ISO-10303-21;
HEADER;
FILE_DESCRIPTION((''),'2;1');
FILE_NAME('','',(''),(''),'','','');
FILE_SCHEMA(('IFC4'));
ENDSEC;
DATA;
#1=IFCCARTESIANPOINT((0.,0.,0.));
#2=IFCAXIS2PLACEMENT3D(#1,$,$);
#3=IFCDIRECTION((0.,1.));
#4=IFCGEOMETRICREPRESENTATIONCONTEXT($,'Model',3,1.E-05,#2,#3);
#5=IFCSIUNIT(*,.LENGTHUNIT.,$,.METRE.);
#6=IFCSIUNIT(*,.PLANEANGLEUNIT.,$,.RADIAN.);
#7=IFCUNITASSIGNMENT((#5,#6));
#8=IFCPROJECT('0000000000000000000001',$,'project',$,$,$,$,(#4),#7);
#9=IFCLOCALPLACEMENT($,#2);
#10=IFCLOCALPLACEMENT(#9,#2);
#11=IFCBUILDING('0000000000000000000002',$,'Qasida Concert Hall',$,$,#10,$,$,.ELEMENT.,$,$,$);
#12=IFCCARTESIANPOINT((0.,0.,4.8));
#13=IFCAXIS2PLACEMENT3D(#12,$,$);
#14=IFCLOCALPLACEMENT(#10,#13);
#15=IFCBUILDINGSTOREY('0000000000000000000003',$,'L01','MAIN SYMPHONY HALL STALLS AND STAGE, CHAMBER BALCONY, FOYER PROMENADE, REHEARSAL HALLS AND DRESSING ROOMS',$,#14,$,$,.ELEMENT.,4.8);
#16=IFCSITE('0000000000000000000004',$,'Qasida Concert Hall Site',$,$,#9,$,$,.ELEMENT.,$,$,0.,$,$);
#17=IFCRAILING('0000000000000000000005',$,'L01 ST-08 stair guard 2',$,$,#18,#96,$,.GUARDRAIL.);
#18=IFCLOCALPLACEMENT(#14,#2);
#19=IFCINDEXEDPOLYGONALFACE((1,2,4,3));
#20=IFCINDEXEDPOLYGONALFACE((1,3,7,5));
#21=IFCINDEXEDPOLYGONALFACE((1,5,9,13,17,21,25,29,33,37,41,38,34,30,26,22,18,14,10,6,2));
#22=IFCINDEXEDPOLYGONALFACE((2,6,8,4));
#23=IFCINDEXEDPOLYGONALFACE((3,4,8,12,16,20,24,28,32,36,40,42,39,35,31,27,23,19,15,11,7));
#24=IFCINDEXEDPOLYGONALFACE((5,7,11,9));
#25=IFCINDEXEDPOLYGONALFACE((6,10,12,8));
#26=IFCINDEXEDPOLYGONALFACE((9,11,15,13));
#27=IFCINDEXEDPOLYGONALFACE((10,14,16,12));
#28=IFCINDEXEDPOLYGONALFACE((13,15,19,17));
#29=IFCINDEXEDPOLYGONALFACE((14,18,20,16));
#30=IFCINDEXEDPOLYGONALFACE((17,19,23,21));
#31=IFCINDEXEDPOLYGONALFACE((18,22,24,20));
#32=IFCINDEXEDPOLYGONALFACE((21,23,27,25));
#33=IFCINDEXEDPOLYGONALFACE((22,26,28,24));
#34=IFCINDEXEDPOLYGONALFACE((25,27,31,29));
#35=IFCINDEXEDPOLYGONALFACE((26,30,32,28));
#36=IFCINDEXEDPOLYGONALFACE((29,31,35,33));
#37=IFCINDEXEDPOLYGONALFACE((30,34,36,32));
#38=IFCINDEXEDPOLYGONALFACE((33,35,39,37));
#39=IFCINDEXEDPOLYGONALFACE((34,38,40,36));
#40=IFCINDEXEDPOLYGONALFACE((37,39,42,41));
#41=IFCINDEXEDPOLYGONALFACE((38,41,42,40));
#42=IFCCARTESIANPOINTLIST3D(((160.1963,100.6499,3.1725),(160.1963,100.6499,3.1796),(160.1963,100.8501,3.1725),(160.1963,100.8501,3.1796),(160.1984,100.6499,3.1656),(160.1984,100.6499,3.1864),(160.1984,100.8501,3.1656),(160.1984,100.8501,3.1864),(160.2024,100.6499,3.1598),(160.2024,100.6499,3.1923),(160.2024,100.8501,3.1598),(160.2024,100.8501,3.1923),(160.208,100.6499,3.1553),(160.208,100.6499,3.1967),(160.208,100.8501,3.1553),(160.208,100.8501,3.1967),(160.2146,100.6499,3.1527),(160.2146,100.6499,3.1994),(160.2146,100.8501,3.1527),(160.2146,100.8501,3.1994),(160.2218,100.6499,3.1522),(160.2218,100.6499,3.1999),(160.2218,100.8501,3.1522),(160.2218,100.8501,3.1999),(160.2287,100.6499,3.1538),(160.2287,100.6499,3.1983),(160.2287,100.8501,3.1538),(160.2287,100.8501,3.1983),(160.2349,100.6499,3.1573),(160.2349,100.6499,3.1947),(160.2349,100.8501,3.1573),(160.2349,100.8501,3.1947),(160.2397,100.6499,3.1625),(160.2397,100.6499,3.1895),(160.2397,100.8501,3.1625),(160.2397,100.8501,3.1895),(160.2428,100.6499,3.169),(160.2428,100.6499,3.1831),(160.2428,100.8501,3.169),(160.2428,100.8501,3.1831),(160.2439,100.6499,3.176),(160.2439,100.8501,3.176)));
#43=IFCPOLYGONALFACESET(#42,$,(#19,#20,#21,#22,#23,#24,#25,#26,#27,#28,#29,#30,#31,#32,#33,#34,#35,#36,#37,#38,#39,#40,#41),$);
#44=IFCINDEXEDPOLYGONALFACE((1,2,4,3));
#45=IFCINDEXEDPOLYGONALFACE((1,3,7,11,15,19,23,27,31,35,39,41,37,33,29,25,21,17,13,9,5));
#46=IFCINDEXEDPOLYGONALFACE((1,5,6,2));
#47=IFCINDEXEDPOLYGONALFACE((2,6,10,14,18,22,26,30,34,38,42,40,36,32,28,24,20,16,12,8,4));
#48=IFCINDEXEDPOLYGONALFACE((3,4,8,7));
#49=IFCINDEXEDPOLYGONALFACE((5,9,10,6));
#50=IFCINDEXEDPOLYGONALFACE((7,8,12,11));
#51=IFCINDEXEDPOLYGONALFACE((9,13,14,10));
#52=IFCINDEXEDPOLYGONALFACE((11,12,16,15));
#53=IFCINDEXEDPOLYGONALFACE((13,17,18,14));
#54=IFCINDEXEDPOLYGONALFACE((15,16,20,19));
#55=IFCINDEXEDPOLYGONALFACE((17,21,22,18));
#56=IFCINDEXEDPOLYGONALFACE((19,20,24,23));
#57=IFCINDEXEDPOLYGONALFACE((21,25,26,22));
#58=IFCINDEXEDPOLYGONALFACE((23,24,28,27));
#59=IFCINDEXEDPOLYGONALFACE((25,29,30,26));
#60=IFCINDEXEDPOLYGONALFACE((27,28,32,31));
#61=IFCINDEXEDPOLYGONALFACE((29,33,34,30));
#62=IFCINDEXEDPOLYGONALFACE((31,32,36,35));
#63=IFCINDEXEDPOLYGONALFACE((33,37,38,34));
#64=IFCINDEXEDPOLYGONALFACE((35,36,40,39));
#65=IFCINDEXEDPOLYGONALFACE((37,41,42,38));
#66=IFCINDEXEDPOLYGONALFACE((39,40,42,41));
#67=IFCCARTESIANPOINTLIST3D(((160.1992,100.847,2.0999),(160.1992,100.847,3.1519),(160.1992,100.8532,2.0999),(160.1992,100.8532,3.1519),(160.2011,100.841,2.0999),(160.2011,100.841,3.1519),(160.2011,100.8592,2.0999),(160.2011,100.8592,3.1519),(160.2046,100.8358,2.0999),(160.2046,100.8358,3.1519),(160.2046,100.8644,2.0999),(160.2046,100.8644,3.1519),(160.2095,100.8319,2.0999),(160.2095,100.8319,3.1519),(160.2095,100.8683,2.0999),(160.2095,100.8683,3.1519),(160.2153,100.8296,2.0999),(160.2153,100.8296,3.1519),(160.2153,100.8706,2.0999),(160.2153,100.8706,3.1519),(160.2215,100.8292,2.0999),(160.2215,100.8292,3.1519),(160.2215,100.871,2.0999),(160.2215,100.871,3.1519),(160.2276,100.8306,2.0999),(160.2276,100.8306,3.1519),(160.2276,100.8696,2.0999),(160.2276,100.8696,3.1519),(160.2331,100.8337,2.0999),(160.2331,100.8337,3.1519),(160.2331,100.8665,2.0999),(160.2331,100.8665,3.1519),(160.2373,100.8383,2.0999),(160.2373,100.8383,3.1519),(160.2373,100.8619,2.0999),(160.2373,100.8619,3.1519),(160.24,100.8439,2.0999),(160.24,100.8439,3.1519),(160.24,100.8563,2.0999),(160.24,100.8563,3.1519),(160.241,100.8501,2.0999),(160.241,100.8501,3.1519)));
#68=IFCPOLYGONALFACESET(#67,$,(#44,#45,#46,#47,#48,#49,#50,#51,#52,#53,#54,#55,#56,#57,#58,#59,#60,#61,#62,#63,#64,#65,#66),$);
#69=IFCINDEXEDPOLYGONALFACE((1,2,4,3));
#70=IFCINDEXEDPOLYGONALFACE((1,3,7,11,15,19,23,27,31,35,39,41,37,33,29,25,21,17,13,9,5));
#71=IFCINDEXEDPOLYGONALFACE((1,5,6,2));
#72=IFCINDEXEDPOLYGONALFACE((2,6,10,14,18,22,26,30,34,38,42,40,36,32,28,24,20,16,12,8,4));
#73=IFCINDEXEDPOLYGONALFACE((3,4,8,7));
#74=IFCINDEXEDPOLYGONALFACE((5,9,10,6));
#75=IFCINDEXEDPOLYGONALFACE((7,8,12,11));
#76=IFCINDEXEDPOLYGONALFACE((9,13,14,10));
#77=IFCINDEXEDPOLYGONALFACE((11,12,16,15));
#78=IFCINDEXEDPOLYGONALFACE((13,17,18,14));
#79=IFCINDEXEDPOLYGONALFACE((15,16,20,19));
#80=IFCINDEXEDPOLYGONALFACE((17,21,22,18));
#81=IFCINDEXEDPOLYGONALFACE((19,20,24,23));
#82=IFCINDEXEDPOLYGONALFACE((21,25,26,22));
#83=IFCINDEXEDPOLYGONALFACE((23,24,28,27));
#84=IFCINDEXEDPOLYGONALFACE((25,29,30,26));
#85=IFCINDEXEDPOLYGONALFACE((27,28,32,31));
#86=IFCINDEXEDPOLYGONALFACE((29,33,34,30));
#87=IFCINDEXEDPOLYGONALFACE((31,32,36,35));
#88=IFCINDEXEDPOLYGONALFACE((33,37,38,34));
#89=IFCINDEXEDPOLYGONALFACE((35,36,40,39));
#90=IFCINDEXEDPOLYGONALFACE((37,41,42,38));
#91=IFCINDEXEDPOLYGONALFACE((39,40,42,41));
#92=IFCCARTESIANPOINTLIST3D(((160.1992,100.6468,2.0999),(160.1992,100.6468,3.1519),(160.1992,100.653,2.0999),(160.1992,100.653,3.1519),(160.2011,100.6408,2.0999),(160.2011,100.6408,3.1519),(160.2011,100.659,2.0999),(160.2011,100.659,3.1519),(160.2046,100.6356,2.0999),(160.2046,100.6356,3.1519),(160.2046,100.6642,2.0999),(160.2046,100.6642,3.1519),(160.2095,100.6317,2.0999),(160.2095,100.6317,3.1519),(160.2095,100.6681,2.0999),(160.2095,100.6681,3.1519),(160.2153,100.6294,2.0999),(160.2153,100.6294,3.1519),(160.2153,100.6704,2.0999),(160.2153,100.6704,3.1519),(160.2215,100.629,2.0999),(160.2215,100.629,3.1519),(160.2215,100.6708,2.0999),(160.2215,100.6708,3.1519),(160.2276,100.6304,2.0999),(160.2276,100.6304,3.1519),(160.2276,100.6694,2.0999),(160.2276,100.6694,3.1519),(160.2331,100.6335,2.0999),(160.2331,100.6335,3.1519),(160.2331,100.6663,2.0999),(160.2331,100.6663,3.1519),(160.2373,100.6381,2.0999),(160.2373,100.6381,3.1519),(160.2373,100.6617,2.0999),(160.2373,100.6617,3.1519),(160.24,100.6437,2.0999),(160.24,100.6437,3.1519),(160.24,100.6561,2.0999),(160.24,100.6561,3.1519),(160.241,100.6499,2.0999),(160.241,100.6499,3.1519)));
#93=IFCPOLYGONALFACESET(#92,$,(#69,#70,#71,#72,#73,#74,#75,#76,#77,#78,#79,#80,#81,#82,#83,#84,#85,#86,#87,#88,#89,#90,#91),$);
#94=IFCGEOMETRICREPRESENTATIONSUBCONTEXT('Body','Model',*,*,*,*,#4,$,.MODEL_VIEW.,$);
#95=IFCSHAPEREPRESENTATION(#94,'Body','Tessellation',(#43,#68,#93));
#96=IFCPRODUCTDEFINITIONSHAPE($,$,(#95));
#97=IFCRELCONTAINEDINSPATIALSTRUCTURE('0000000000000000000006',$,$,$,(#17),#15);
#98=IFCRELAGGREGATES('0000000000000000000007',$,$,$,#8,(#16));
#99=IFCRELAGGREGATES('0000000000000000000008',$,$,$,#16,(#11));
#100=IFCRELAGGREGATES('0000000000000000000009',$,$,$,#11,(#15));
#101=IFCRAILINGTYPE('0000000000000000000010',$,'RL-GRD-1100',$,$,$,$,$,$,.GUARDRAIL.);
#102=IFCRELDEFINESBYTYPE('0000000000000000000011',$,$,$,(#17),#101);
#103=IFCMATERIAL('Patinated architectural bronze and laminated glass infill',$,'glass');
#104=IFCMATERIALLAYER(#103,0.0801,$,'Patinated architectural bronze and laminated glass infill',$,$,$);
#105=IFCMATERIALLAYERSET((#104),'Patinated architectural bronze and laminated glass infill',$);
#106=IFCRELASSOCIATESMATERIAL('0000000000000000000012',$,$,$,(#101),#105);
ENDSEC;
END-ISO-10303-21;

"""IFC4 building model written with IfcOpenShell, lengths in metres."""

from ifc_helpers import new_model, si_unit, direction, frame, origin, origin_2d, place, context, subcontext, project, spatial, circle, extrude, material, layer, layer_set, type_object, element, save


model = new_model("IFC4")

# Units and contexts
model_context = context("Model", 3, precision=1e-05, world=origin(), true_north=direction((0.0, 1.0)))
body_context = subcontext(model_context, "Body", "Model", "MODEL_VIEW")
ifc_project = project(units=[si_unit("LENGTHUNIT", "METRE"), si_unit("PLANEANGLEUNIT", "RADIAN")], contexts=[model_context])

# Site, building, storey
site_placement = place(None, origin())
site = spatial("IfcSite", under=ifc_project, at=site_placement, Name="Qasida Concert Hall Site", CompositionType="ELEMENT", RefElevation=0.0)
building_placement = place(site_placement, origin())
building = spatial("IfcBuilding", under=site, at=building_placement, Name="Qasida Concert Hall", CompositionType="ELEMENT")
storey_placement = place(building_placement, frame((0.0, 0.0, 4.8)))
storey = spatial("IfcBuildingStorey", under=building, at=storey_placement, Name="L01", Description="MAIN SYMPHONY HALL STALLS AND STAGE, CHAMBER BALCONY, FOYER PROMENADE, REHEARSAL HALLS AND DRESSING ROOMS", CompositionType="ELEMENT", Elevation=4.8)

# Railing
ifc_material_1 = material(Name="Patinated architectural bronze and laminated glass infill", Category="glass")
ifc_layer_1 = layer(ifc_material_1, 0.0801, Name="Patinated architectural bronze and laminated glass infill")
ifc_layer_set_1 = layer_set([ifc_layer_1], Name="Patinated architectural bronze and laminated glass infill")
railing_type_1 = type_object("IfcRailingType", Name="RL-GRD-1100", PredefinedType="GUARDRAIL", material=ifc_layer_set_1)
railing_1_placement = place(storey_placement, frame((160.22, 100.8501, 2.0999)))
element("IfcRailing", 1, at=railing_1_placement, inside=storey, type_object=railing_type_1, Name="L01 ST-08 stair guard 2", PredefinedType="GUARDRAIL", context=body_context, shape_type="SweptSolid", body=[
    extrude(circle(Radius=0.0239, at=origin_2d()), frame((0.0, 0.0, 1.0762), z_axis=(0.0, -1.0, 0.0), x_axis=(1.0, 0.0, 0.0)), (0.0, 0.0, 1.0), 0.2002),
    extrude(circle(Radius=0.021, at=origin_2d()), origin(), (0.0, 0.0, 1.0), 1.052),
    extrude(circle(Radius=0.021, at=origin_2d()), frame((0.0, -0.2002, 0.0)), (0.0, 0.0, 1.0), 1.052),
])

save(model, "model.ifc")
